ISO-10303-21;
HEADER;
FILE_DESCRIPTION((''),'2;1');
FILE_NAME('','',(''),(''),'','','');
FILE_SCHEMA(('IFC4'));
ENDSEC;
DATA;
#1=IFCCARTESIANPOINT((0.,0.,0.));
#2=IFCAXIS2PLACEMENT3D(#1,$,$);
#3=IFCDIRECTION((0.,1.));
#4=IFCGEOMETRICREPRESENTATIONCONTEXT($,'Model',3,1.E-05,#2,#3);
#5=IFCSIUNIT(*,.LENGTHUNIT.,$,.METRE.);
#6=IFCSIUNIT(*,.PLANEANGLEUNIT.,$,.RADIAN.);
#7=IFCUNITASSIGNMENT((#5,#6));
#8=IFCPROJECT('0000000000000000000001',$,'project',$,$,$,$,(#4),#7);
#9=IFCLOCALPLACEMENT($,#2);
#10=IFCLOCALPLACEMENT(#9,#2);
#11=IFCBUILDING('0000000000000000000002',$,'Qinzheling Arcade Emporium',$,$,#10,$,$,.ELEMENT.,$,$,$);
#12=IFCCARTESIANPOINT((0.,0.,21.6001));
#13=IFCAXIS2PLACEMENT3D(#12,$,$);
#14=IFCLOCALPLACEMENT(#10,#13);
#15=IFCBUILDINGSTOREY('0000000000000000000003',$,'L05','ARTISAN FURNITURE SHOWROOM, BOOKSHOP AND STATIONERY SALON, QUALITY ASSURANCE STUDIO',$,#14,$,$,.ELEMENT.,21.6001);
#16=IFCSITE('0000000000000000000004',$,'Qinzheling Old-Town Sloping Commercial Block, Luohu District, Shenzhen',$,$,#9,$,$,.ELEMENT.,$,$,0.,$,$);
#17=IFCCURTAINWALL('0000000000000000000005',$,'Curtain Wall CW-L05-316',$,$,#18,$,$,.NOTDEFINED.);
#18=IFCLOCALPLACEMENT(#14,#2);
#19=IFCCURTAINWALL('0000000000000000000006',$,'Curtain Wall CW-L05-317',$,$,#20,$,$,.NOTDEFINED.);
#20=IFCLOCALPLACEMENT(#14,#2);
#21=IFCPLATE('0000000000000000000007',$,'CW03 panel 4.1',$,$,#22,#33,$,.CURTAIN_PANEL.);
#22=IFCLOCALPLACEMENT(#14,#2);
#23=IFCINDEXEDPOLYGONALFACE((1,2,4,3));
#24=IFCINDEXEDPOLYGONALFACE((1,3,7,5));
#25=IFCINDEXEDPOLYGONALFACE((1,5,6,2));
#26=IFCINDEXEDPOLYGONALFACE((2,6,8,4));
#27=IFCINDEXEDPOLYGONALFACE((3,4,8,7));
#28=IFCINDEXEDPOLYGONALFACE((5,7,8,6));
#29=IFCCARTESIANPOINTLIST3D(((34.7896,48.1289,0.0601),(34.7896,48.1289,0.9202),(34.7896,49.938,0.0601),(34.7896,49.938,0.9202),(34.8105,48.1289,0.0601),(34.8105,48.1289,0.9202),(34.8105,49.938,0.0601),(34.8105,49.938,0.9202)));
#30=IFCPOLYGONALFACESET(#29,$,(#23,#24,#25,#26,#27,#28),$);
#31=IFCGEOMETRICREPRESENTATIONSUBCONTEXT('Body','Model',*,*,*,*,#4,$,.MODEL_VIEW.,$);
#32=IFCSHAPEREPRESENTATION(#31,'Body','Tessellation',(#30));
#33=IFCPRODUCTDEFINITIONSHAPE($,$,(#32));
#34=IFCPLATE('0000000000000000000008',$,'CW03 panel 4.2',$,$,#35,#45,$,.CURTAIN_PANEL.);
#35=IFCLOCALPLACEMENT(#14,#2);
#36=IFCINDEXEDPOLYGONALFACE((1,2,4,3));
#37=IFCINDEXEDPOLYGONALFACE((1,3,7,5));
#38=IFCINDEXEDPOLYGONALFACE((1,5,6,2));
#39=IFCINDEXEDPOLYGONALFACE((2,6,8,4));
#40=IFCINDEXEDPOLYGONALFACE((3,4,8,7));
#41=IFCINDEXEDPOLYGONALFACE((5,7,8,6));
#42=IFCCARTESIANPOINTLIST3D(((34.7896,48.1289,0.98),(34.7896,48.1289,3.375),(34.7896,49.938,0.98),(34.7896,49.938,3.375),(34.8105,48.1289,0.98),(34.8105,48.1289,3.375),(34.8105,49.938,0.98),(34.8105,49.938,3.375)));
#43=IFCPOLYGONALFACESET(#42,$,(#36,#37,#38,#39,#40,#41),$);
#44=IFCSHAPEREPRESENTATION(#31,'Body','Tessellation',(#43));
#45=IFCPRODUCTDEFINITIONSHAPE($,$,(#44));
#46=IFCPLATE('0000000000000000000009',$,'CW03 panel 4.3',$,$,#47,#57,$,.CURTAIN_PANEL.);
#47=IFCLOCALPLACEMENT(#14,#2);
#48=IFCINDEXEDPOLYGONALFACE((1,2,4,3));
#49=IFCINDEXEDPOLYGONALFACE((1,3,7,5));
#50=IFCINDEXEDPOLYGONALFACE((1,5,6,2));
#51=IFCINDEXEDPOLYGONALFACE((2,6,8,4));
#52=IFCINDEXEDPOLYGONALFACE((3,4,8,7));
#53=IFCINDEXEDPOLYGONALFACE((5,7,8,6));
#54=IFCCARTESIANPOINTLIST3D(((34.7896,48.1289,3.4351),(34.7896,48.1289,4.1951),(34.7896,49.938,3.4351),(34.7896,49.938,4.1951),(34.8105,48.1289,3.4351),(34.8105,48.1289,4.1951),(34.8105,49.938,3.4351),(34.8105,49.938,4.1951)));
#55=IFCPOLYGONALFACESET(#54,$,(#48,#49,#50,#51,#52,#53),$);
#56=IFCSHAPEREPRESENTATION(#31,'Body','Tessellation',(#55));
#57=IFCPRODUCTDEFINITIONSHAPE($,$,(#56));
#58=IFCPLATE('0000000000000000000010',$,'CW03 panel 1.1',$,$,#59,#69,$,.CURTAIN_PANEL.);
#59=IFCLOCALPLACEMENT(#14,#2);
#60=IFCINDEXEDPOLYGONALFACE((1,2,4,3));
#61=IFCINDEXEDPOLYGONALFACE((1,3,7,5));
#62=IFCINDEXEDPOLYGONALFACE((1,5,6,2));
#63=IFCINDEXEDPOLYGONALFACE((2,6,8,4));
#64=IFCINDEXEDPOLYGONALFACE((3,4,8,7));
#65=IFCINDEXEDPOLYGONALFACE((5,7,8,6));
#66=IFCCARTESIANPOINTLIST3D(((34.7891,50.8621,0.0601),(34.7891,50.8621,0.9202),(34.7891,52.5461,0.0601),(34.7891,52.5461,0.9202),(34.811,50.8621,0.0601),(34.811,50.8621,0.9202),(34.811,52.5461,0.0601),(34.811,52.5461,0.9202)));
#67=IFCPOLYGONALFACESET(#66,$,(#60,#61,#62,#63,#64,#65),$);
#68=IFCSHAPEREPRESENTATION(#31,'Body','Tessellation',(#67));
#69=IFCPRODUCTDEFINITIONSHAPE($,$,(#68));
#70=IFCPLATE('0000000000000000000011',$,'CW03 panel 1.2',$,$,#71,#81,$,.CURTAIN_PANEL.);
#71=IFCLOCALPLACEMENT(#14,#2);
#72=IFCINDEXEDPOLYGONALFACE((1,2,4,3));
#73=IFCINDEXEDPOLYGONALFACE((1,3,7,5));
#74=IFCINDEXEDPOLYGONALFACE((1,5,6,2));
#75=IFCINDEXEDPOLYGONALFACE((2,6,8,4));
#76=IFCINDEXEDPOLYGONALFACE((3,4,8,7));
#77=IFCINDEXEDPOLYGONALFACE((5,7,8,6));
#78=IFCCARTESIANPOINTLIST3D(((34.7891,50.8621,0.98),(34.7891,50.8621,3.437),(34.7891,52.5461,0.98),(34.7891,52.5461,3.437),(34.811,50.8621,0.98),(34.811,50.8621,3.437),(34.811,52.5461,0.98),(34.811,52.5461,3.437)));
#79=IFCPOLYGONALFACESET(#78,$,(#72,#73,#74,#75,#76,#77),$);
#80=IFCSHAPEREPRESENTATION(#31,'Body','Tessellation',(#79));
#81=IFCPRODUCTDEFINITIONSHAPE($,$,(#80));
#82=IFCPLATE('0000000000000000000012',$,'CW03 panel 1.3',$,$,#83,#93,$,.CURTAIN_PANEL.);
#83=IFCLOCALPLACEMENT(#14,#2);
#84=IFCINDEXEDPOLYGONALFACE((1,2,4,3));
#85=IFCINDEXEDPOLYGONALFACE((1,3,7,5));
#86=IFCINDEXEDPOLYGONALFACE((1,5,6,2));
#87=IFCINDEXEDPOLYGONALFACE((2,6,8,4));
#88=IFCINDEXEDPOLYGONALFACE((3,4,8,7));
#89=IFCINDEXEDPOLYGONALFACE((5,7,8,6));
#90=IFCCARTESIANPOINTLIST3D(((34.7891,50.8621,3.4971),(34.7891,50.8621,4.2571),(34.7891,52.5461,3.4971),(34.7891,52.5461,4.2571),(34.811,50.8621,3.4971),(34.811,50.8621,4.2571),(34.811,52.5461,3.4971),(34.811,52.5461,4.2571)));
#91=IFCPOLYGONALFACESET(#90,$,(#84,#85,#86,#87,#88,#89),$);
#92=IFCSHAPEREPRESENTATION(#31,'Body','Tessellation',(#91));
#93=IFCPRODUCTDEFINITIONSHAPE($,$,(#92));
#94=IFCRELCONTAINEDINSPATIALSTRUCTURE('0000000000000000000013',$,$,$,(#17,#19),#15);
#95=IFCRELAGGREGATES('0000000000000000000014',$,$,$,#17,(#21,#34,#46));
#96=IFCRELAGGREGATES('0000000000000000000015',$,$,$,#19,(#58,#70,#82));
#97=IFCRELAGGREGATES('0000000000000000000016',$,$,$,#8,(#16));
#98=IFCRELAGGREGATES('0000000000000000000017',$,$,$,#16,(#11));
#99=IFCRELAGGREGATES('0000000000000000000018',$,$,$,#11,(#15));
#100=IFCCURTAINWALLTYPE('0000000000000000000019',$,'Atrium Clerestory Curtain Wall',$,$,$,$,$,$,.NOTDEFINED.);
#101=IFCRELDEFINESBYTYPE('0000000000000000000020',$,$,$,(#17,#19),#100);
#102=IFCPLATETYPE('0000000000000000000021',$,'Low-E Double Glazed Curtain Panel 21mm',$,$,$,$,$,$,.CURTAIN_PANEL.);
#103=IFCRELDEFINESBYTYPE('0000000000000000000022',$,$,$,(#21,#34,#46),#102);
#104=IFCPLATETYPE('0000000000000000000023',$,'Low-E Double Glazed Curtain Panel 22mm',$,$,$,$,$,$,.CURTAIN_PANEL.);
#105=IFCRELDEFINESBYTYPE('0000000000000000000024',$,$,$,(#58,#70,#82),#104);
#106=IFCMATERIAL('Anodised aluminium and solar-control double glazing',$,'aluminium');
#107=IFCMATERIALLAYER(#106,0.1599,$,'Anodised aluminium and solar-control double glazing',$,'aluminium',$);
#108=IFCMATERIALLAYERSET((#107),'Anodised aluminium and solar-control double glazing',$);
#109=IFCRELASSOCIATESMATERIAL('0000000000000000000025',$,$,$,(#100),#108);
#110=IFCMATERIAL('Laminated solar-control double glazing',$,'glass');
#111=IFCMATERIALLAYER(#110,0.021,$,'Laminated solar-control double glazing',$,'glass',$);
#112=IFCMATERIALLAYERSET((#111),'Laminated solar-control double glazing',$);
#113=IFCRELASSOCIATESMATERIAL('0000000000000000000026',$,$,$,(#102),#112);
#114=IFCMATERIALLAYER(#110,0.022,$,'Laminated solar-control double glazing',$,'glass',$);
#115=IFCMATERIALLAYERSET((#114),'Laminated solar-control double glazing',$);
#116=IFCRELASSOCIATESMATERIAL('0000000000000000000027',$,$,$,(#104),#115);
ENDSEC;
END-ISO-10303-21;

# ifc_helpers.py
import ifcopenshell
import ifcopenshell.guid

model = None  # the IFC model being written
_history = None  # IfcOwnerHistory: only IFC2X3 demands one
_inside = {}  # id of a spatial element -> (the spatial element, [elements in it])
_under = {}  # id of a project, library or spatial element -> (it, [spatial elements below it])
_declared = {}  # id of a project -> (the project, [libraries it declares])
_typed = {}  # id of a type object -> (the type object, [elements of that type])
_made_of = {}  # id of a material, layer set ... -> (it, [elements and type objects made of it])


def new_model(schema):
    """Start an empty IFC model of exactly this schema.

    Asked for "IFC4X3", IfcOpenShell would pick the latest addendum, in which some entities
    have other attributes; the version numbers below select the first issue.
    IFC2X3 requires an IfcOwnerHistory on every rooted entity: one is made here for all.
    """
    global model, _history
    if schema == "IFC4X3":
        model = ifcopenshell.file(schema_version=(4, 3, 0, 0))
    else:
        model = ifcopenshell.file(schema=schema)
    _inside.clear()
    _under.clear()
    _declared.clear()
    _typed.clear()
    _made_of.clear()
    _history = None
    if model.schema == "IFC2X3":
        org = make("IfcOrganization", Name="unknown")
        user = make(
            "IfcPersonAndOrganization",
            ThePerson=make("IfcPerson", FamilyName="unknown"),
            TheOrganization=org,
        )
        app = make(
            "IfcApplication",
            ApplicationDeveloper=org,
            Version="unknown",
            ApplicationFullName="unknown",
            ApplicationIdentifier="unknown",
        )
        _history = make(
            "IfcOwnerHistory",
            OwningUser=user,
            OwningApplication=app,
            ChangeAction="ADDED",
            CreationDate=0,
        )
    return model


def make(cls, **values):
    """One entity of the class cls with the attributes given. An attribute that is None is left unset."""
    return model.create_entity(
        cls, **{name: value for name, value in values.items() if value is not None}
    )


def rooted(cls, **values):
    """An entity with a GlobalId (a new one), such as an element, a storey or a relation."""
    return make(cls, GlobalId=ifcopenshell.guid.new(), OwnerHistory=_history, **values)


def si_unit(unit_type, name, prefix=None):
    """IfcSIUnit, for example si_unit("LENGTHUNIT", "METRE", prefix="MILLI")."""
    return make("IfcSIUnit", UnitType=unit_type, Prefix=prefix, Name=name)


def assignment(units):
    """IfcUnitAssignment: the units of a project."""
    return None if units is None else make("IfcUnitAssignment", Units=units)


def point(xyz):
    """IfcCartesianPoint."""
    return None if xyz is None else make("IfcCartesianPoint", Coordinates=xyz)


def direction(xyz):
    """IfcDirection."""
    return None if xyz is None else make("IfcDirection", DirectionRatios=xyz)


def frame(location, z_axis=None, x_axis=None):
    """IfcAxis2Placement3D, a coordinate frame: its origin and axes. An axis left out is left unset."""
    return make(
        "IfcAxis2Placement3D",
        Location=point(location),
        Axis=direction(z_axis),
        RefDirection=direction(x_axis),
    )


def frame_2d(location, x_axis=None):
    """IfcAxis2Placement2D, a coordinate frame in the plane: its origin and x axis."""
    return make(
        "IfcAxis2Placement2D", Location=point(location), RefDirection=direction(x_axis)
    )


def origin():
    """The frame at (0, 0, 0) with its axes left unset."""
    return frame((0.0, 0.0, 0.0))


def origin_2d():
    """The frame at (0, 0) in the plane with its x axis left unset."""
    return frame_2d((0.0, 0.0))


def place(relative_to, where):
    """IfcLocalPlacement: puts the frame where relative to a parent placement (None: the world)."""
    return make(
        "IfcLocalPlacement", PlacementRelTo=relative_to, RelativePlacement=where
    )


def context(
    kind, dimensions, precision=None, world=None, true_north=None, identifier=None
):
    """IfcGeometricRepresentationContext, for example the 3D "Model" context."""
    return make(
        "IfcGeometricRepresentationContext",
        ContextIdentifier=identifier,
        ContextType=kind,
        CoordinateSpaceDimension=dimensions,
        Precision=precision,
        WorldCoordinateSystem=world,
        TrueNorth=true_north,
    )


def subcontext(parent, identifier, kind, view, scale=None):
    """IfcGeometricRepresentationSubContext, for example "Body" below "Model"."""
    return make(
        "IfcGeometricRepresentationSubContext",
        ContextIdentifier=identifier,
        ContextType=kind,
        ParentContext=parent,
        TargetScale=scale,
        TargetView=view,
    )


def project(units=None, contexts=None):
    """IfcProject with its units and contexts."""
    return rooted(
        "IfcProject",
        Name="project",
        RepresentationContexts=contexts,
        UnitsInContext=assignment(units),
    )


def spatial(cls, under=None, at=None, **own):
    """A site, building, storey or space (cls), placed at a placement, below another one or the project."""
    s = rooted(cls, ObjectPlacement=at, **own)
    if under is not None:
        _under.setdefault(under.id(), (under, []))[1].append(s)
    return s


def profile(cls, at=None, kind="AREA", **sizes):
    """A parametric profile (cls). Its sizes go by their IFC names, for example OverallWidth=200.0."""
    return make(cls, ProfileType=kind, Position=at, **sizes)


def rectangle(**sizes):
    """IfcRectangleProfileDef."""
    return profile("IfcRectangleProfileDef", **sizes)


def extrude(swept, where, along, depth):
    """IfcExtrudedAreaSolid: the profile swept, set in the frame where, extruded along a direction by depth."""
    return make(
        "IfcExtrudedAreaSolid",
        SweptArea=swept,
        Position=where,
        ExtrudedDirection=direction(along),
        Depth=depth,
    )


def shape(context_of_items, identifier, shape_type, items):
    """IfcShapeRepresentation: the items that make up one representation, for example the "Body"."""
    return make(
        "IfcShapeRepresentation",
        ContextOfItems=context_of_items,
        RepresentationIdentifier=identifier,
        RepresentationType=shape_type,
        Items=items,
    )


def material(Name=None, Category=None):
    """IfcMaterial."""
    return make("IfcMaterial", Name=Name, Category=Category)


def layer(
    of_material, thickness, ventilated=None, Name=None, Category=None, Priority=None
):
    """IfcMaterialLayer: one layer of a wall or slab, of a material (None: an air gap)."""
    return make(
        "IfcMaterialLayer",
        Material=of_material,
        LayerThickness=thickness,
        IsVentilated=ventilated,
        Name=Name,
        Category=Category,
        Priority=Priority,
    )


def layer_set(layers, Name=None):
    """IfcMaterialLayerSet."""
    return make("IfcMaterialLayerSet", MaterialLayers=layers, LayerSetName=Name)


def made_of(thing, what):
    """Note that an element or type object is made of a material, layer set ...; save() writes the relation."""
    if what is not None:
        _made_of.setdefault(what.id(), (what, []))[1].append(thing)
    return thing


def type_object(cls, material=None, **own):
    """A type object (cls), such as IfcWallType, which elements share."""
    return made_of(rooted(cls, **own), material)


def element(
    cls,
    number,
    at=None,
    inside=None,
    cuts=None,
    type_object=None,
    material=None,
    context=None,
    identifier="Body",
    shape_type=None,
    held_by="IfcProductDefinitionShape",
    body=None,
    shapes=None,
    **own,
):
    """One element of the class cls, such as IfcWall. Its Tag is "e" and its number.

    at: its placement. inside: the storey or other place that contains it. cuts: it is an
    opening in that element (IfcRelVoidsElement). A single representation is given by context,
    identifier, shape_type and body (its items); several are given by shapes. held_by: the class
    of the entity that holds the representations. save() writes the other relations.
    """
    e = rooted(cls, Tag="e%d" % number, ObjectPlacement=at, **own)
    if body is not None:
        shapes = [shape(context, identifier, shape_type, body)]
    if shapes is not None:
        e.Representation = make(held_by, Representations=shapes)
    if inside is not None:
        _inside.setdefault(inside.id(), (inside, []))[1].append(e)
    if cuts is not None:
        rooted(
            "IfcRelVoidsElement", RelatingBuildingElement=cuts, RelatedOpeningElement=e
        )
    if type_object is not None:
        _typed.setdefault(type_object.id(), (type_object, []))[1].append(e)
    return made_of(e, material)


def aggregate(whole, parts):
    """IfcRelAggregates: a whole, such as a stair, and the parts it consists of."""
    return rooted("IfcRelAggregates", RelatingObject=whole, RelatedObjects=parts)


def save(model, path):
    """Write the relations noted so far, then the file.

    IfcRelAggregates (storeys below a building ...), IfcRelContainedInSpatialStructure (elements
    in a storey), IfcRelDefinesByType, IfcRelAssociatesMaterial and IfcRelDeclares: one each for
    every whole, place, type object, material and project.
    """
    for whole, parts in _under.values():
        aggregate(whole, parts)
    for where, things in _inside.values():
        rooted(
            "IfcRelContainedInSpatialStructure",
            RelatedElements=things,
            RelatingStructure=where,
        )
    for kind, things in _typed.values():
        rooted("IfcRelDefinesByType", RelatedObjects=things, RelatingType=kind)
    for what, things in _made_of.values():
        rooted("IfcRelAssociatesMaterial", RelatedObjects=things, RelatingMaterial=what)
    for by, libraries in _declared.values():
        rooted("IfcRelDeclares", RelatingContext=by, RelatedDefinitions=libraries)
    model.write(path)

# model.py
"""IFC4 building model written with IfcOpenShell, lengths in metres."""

from ifc_helpers import new_model, si_unit, direction, frame, origin, origin_2d, place, context, subcontext, project, spatial, rectangle, extrude, material, layer, layer_set, type_object, element, aggregate, save


model = new_model("IFC4")

# Units and contexts
model_context = context("Model", 3, precision=1e-05, world=origin(), true_north=direction((0.0, 1.0)))
body_context = subcontext(model_context, "Body", "Model", "MODEL_VIEW")
ifc_project = project(units=[si_unit("LENGTHUNIT", "METRE"), si_unit("PLANEANGLEUNIT", "RADIAN")], contexts=[model_context])

# Site, building, storey
site_placement = place(None, origin())
site = spatial("IfcSite", under=ifc_project, at=site_placement, Name="Qinzheling Old-Town Sloping Commercial Block, Luohu District, Shenzhen", CompositionType="ELEMENT", RefElevation=0.0)
building_placement = place(site_placement, origin())
building = spatial("IfcBuilding", under=site, at=building_placement, Name="Qinzheling Arcade Emporium", CompositionType="ELEMENT")
storey_placement = place(building_placement, frame((0.0, 0.0, 21.6001)))
storey = spatial("IfcBuildingStorey", under=building, at=storey_placement, Name="L05", Description="ARTISAN FURNITURE SHOWROOM, BOOKSHOP AND STATIONERY SALON, QUALITY ASSURANCE STUDIO", CompositionType="ELEMENT", Elevation=21.6001)

# Curtain walls
ifc_material_1 = material(Name="Anodised aluminium and solar-control double glazing", Category="aluminium")
ifc_layer_1 = layer(ifc_material_1, 0.1599, Name="Anodised aluminium and solar-control double glazing", Category="aluminium")
ifc_layer_set_1 = layer_set([ifc_layer_1], Name="Anodised aluminium and solar-control double glazing")
curtain_wall_type = type_object("IfcCurtainWallType", Name="Atrium Clerestory Curtain Wall", PredefinedType="NOTDEFINED", material=ifc_layer_set_1)
curtain_wall_1_placement = place(storey_placement, origin())
curtain_wall_1 = element("IfcCurtainWall", 1, at=curtain_wall_1_placement, inside=storey, type_object=curtain_wall_type, Name="Curtain Wall CW-L05-316", PredefinedType="NOTDEFINED")
curtain_wall_2_placement = place(storey_placement, origin())
curtain_wall_2 = element("IfcCurtainWall", 2, at=curtain_wall_2_placement, inside=storey, type_object=curtain_wall_type, Name="Curtain Wall CW-L05-317", PredefinedType="NOTDEFINED")

# Plates
ifc_material_2 = material(Name="Laminated solar-control double glazing", Category="glass")
ifc_layer_2 = layer(ifc_material_2, 0.021, Name="Laminated solar-control double glazing", Category="glass")
ifc_layer_set_2 = layer_set([ifc_layer_2], Name="Laminated solar-control double glazing")
plate_type_1 = type_object("IfcPlateType", Name="Low-E Double Glazed Curtain Panel 21mm", PredefinedType="CURTAIN_PANEL", material=ifc_layer_set_2)
plate_1_placement = place(storey_placement, frame((34.8, 49.0334, 0.0601), z_axis=(0.0, 0.0, 1.0), x_axis=(0.0, 1.0, 0.0)))
plate_1 = element("IfcPlate", 3, at=plate_1_placement, type_object=plate_type_1, Name="CW03 panel 4.1", PredefinedType="CURTAIN_PANEL", context=body_context, shape_type="SweptSolid", body=[
    extrude(rectangle(XDim=1.8091, YDim=0.021, at=origin_2d()), origin(), (0.0, 0.0, 1.0), 0.8601),
])
plate_2_placement = place(storey_placement, frame((34.8, 49.0334, 0.98), z_axis=(0.0, 0.0, 1.0), x_axis=(0.0, 1.0, 0.0)))
plate_2 = element("IfcPlate", 4, at=plate_2_placement, type_object=plate_type_1, Name="CW03 panel 4.2", PredefinedType="CURTAIN_PANEL", context=body_context, shape_type="SweptSolid", body=[
    extrude(rectangle(XDim=1.8091, YDim=0.021, at=origin_2d()), origin(), (0.0, 0.0, 1.0), 2.395),
])
plate_3_placement = place(storey_placement, frame((34.8, 49.0334, 3.4351), z_axis=(0.0, 0.0, 1.0), x_axis=(0.0, 1.0, 0.0)))
plate_3 = element("IfcPlate", 5, at=plate_3_placement, type_object=plate_type_1, Name="CW03 panel 4.3", PredefinedType="CURTAIN_PANEL", context=body_context, shape_type="SweptSolid", body=[
    extrude(rectangle(XDim=1.8091, YDim=0.021, at=origin_2d()), origin(), (0.0, 0.0, 1.0), 0.76),
])
aggregate(curtain_wall_1, [plate_1, plate_2, plate_3])
ifc_layer_3 = layer(ifc_material_2, 0.022, Name="Laminated solar-control double glazing", Category="glass")
ifc_layer_set_3 = layer_set([ifc_layer_3], Name="Laminated solar-control double glazing")
plate_type_2 = type_object("IfcPlateType", Name="Low-E Double Glazed Curtain Panel 22mm", PredefinedType="CURTAIN_PANEL", material=ifc_layer_set_3)
plate_4_placement = place(storey_placement, frame((34.8, 51.7041, 0.0601), z_axis=(0.0, 0.0, 1.0), x_axis=(0.0, 1.0, 0.0)))
plate_4 = element("IfcPlate", 6, at=plate_4_placement, type_object=plate_type_2, Name="CW03 panel 1.1", PredefinedType="CURTAIN_PANEL", context=body_context, shape_type="SweptSolid", body=[
    extrude(rectangle(XDim=1.6841, YDim=0.022, at=origin_2d()), origin(), (0.0, 0.0, 1.0), 0.8601),
])
plate_5_placement = place(storey_placement, frame((34.8, 51.7041, 0.98), z_axis=(0.0, 0.0, 1.0), x_axis=(0.0, 1.0, 0.0)))
plate_5 = element("IfcPlate", 7, at=plate_5_placement, type_object=plate_type_2, Name="CW03 panel 1.2", PredefinedType="CURTAIN_PANEL", context=body_context, shape_type="SweptSolid", body=[
    extrude(rectangle(XDim=1.6841, YDim=0.022, at=origin_2d()), origin(), (0.0, 0.0, 1.0), 2.457),
])
plate_6_placement = place(storey_placement, frame((34.8, 51.7041, 3.4971), z_axis=(0.0, 0.0, 1.0), x_axis=(0.0, 1.0, 0.0)))
plate_6 = element("IfcPlate", 8, at=plate_6_placement, type_object=plate_type_2, Name="CW03 panel 1.3", PredefinedType="CURTAIN_PANEL", context=body_context, shape_type="SweptSolid", body=[
    extrude(rectangle(XDim=1.6841, YDim=0.022, at=origin_2d()), origin(), (0.0, 0.0, 1.0), 0.76),
])
aggregate(curtain_wall_2, [plate_4, plate_5, plate_6])

save(model, "model.ifc")
